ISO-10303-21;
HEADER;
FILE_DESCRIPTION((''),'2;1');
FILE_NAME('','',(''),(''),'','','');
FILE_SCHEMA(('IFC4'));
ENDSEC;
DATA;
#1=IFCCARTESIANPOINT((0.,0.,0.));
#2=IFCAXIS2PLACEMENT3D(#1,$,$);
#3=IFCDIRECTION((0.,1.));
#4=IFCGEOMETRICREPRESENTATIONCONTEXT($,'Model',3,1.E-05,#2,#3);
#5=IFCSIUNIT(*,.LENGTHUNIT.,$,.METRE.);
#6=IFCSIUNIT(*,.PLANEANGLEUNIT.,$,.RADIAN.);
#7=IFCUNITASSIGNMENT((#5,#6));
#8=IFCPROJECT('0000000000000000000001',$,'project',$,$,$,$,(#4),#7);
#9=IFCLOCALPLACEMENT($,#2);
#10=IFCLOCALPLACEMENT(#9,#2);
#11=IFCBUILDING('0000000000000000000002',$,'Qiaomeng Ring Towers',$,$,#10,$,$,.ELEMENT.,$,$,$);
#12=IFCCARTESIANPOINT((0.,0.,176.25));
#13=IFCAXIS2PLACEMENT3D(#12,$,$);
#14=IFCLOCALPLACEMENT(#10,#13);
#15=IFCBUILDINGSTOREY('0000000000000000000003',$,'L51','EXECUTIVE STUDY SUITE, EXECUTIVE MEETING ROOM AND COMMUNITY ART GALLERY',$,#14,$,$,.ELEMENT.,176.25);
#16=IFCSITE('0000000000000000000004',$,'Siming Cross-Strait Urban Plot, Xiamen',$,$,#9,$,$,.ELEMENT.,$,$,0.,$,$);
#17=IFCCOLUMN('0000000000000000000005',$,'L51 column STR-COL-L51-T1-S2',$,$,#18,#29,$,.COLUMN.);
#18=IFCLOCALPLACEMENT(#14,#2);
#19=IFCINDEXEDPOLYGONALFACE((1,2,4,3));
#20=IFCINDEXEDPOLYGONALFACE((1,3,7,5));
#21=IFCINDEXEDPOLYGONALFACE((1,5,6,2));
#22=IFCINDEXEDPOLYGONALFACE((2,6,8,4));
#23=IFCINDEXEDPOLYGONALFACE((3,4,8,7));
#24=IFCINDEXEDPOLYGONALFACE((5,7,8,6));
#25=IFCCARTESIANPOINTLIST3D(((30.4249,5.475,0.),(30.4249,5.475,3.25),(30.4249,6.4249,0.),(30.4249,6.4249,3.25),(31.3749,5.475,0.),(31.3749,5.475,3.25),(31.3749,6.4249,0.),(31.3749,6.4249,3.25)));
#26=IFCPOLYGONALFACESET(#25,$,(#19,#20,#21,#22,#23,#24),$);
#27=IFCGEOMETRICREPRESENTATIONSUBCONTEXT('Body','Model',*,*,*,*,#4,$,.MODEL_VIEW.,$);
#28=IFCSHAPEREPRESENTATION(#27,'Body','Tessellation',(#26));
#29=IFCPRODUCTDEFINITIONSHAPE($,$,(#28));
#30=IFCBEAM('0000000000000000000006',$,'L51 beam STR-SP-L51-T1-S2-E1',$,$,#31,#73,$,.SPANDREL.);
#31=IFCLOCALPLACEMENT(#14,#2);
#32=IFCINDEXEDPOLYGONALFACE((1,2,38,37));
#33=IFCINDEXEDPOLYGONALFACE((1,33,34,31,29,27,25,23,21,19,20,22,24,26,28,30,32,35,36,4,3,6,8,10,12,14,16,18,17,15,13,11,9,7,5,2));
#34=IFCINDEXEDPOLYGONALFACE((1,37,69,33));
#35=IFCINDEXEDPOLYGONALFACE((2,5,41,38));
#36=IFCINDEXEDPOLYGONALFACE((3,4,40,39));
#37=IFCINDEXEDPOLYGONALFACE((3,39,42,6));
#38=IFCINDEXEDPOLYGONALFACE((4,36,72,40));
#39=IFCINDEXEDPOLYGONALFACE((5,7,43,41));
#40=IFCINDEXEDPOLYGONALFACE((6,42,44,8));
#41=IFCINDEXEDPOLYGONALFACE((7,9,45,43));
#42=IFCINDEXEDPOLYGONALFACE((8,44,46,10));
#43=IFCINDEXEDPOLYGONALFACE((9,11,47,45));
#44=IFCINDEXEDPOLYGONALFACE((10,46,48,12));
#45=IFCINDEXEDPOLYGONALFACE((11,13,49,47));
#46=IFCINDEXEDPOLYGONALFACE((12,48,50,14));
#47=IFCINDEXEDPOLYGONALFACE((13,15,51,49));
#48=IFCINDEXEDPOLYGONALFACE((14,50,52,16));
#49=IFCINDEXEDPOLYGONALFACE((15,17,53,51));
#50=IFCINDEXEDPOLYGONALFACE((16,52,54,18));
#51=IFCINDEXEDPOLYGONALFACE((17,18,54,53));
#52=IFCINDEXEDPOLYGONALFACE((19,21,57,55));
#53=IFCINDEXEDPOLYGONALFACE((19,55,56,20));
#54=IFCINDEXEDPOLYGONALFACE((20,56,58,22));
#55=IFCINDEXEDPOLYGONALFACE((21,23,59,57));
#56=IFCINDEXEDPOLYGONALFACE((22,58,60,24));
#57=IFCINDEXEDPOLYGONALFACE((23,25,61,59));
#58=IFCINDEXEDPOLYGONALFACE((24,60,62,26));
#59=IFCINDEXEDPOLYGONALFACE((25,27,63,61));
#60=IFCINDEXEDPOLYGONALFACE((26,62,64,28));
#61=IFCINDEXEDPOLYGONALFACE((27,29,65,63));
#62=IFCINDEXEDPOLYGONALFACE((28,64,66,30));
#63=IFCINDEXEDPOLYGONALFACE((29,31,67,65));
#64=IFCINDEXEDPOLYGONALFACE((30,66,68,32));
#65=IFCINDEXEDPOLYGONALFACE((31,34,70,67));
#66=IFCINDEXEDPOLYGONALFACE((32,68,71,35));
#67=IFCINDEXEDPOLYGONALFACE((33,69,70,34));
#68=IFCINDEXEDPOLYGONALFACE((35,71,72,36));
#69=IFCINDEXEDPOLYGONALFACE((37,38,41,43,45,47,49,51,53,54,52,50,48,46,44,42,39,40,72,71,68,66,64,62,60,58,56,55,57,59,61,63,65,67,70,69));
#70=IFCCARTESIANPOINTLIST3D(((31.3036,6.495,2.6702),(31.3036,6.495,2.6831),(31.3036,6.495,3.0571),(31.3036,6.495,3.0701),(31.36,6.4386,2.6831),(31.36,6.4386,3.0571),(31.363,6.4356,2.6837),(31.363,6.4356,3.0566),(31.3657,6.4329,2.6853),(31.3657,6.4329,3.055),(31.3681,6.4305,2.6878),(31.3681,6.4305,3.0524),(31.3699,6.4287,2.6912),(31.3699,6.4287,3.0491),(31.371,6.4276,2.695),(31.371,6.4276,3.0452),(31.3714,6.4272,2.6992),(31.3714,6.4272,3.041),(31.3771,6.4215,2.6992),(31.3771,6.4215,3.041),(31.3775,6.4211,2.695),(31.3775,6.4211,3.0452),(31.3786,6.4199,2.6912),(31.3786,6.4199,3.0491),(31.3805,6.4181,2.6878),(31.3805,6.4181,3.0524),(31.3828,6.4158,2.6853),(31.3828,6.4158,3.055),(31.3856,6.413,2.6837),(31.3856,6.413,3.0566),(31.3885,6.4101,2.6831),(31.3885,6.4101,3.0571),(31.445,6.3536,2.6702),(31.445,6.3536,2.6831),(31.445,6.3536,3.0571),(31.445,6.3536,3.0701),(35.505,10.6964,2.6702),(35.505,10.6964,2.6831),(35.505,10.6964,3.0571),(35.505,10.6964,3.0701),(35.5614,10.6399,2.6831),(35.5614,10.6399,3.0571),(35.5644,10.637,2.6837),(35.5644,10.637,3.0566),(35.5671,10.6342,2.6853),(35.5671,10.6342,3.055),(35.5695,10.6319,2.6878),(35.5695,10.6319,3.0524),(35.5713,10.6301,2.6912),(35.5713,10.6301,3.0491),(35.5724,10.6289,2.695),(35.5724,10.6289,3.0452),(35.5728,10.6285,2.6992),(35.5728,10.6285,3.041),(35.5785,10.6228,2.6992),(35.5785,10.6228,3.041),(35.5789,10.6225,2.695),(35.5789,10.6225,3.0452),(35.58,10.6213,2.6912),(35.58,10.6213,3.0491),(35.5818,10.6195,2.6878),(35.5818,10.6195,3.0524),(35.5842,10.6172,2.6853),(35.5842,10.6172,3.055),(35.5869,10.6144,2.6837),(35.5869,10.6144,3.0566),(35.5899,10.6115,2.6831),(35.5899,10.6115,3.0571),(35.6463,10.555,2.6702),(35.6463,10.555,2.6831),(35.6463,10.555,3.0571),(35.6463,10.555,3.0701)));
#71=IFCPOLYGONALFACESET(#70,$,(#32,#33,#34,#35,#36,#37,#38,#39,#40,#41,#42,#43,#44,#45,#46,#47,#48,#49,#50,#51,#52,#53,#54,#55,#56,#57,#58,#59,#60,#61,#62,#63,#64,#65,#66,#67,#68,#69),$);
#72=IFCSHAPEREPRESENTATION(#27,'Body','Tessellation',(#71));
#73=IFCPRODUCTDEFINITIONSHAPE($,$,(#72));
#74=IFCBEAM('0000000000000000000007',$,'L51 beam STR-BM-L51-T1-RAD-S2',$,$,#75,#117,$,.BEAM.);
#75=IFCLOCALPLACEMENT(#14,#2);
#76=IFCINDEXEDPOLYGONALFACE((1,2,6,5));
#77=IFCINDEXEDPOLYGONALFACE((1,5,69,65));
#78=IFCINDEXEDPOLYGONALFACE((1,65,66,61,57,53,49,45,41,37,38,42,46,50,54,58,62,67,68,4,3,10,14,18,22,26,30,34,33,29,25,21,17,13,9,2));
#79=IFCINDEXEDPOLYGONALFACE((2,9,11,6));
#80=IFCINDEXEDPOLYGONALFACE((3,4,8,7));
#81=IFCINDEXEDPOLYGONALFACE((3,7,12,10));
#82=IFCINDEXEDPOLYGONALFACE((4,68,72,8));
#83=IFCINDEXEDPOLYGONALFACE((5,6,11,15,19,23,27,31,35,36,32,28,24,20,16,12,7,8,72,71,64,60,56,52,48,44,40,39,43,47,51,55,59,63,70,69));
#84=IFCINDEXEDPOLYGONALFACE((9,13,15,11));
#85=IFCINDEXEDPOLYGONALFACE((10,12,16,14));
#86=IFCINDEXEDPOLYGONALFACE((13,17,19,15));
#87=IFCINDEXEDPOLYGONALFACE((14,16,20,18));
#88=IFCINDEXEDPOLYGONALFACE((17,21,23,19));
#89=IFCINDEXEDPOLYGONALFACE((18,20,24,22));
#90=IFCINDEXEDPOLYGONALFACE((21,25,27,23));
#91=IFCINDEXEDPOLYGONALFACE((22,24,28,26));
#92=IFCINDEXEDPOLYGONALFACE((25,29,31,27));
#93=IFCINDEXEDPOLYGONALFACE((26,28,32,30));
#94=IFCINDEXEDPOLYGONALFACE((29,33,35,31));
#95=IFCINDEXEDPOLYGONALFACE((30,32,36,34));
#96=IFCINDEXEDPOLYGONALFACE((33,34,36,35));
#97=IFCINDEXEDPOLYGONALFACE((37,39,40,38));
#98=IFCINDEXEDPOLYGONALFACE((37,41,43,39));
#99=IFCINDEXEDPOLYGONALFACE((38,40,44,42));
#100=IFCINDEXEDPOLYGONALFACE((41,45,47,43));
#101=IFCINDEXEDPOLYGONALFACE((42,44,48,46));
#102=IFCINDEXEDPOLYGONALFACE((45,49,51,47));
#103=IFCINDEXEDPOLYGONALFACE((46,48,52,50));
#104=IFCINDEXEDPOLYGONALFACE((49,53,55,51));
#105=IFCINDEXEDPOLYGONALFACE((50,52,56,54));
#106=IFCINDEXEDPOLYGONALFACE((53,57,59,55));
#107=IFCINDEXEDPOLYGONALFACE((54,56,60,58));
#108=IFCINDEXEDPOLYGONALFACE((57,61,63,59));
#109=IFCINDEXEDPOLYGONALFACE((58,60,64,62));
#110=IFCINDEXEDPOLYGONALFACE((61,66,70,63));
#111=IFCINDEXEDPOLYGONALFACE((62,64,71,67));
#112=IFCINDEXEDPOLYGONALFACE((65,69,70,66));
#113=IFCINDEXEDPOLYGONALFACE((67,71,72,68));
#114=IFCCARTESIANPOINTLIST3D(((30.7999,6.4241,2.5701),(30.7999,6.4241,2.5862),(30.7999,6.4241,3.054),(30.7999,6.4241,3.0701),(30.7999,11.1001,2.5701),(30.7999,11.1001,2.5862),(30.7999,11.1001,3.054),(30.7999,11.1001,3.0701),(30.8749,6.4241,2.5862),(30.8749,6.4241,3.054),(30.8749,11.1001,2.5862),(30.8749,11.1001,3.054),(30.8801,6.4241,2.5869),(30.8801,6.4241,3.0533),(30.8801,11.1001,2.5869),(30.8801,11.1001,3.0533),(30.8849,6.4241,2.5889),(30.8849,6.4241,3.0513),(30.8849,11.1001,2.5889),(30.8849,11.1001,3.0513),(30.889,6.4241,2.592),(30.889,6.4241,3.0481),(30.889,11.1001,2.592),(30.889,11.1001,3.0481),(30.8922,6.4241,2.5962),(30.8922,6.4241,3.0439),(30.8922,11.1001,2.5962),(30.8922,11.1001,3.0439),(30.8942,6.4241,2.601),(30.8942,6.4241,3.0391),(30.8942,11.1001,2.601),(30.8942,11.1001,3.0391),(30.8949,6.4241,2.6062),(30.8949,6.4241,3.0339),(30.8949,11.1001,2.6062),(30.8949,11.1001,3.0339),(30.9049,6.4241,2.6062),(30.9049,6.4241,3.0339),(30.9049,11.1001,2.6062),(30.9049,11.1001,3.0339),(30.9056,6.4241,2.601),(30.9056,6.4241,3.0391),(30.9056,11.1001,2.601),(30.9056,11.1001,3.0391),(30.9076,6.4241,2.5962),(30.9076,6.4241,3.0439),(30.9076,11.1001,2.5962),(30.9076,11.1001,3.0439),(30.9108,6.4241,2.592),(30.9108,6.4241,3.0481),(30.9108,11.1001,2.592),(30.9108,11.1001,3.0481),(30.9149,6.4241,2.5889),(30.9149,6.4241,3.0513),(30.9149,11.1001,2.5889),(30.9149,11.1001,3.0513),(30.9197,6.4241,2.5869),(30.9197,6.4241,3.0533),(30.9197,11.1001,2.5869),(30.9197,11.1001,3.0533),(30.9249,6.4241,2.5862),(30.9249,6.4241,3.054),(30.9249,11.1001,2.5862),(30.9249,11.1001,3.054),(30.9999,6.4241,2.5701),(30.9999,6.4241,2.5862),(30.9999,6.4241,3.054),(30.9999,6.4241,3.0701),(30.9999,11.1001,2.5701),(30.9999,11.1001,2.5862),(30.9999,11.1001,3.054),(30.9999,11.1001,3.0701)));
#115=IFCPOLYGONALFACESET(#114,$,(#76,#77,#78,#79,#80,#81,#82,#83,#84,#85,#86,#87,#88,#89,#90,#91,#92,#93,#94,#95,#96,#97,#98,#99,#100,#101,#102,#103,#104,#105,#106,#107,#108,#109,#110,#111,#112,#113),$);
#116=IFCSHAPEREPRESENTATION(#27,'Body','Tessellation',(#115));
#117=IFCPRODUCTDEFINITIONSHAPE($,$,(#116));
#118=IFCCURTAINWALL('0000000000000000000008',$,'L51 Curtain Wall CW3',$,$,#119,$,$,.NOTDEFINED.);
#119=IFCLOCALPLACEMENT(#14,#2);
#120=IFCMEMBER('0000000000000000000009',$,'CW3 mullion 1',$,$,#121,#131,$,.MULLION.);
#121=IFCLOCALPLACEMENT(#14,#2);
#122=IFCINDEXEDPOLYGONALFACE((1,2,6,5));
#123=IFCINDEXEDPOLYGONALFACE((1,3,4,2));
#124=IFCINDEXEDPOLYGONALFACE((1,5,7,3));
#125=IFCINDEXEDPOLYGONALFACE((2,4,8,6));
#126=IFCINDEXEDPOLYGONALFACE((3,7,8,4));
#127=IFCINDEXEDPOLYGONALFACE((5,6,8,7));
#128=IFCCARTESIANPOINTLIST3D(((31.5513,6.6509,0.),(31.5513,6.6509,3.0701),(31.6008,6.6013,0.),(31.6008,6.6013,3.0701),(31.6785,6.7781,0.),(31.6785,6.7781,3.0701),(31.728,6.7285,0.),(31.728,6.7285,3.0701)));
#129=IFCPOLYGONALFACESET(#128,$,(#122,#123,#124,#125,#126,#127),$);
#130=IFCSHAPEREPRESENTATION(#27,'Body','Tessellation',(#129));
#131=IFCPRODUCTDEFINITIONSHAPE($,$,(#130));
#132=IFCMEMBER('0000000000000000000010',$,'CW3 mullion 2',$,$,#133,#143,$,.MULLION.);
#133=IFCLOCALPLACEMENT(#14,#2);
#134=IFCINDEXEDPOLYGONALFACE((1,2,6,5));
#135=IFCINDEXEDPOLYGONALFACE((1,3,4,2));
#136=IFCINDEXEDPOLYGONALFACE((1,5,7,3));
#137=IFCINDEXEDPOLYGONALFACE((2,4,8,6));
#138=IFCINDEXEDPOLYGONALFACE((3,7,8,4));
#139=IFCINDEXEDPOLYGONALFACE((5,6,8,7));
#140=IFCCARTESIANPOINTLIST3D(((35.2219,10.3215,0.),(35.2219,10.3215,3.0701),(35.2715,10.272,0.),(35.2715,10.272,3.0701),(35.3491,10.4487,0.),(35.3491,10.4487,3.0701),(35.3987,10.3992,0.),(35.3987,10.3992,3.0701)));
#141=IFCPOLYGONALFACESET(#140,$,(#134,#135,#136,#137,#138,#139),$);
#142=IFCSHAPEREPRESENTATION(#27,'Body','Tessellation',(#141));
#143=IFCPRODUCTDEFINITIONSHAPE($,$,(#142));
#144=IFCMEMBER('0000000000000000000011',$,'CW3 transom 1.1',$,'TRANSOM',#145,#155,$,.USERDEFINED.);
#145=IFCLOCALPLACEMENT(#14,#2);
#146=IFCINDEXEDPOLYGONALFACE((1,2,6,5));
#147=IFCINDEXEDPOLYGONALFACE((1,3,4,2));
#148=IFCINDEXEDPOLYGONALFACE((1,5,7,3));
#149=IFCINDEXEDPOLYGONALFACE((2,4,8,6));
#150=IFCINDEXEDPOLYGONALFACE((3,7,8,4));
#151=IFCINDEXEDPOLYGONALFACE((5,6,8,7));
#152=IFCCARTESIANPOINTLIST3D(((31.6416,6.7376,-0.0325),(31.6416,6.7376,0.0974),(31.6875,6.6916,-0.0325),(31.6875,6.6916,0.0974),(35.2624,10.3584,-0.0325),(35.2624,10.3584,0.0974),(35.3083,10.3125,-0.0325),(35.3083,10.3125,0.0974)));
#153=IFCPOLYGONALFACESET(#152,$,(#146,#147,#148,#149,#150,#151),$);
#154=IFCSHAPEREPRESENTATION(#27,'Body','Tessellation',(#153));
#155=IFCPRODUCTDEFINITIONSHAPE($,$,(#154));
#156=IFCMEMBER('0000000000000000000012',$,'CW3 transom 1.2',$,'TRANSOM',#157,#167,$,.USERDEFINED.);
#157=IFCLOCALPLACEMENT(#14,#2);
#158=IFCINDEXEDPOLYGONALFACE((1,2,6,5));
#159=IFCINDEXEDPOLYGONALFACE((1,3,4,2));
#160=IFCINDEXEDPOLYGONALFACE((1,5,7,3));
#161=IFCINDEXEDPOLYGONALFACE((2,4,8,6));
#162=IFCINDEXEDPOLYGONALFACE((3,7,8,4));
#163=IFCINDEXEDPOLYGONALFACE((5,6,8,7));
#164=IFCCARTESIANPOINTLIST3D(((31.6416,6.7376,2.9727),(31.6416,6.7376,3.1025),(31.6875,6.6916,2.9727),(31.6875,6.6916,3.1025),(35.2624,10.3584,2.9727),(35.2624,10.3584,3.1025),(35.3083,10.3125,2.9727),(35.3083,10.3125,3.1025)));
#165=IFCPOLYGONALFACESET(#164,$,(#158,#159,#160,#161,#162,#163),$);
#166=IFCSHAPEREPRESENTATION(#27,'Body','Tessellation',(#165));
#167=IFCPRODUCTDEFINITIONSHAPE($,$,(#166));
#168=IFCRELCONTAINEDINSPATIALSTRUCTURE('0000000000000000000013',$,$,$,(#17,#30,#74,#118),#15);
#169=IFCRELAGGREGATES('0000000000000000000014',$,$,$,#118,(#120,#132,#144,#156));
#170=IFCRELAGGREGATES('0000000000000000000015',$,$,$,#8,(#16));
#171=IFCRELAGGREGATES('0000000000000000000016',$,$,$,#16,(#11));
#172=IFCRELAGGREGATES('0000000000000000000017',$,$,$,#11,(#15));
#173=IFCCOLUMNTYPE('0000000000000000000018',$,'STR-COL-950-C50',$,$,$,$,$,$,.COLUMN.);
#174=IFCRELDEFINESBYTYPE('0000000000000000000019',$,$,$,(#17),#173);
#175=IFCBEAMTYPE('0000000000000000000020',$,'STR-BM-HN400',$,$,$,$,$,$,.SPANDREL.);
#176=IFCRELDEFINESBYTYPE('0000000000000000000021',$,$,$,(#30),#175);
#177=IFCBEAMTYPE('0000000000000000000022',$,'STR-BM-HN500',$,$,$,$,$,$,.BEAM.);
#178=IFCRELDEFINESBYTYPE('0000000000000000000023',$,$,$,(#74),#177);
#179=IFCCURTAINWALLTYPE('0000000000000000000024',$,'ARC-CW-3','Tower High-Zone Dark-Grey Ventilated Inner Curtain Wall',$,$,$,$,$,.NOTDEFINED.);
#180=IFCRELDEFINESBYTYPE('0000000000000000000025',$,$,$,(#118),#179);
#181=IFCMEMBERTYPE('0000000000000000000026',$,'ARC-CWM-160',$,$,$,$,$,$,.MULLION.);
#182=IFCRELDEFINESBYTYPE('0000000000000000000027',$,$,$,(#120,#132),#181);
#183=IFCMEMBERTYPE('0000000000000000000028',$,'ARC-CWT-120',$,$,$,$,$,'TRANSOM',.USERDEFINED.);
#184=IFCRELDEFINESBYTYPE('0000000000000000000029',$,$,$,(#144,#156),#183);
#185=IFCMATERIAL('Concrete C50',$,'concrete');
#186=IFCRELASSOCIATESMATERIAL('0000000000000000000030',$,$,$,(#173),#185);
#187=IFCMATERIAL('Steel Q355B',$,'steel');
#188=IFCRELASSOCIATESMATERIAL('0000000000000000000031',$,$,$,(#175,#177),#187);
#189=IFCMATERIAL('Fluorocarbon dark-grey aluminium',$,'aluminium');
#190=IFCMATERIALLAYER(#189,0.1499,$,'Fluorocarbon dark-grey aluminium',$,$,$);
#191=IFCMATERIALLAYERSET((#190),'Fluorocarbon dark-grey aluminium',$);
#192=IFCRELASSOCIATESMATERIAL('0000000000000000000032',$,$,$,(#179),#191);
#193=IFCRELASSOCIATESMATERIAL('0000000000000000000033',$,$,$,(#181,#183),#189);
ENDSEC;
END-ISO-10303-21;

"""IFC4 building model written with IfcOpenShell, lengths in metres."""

from ifc_helpers import new_model, si_unit, direction, frame, origin, origin_2d, place, context, subcontext, project, spatial, rectangle, i_section, extrude, source, transform, mapped, material, layer, layer_set, material_profile, profile_set, type_object, element, aggregate, save


model = new_model("IFC4")

# Units and contexts
model_context = context("Model", 3, precision=1e-05, world=origin(), true_north=direction((0.0, 1.0)))
body_context = subcontext(model_context, "Body", "Model", "MODEL_VIEW")
ifc_project = project(units=[si_unit("LENGTHUNIT", "METRE"), si_unit("PLANEANGLEUNIT", "RADIAN")], contexts=[model_context])

# Site, building, storey
site_placement = place(None, origin())
site = spatial("IfcSite", under=ifc_project, at=site_placement, Name="Siming Cross-Strait Urban Plot, Xiamen", CompositionType="ELEMENT", RefElevation=0.0)
building_placement = place(site_placement, origin())
building = spatial("IfcBuilding", under=site, at=building_placement, Name="Qiaomeng Ring Towers", CompositionType="ELEMENT")
storey_placement = place(building_placement, frame((0.0, 0.0, 176.25)))
storey = spatial("IfcBuildingStorey", under=building, at=storey_placement, Name="L51", Description="EXECUTIVE STUDY SUITE, EXECUTIVE MEETING ROOM AND COMMUNITY ART GALLERY", CompositionType="ELEMENT", Elevation=176.25)

# Column
ifc_material_1 = material(Name="Concrete C50", Category="concrete")
ifc_material_profile_1 = material_profile(ifc_material_1, rectangle(XDim=0.95, YDim=0.95, at=origin_2d()), Name="RC COL 950x950")
ifc_profile_set_1 = profile_set([ifc_material_profile_1], Name="Concrete C50")
column_type = type_object("IfcColumnType", Name="STR-COL-950-C50", PredefinedType="COLUMN", material=ifc_profile_set_1)
shared_shape_1 = source(origin(), body_context, "Body", "SweptSolid", [
    extrude(rectangle(XDim=0.95, YDim=0.95, at=origin_2d()), origin(), (0.0, 0.0, 1.0), 3.25),
])
column_placement = place(storey_placement, frame((30.8999, 5.95, 0.0), z_axis=(0.0, 0.0, 1.0), x_axis=(1.0, 0.0, 0.0)))
element("IfcColumn", 1, at=column_placement, inside=storey, type_object=column_type, Name="L51 column STR-COL-L51-T1-S2", PredefinedType="COLUMN", context=body_context, shape_type="MappedRepresentation", body=[
    mapped(shared_shape_1, transform((0.0, 0.0, 0.0), x_axis=(1.0, 0.0, 0.0), y_axis=(0.0, 1.0, 0.0), z_axis=(0.0, 0.0, 1.0), scale=1.0)),
])

# Beams
ifc_material_2 = material(Name="Steel Q355B", Category="steel")
ifc_material_profile_2 = material_profile(ifc_material_2, i_section(OverallWidth=0.2, OverallDepth=0.3999, WebThickness=0.0081, FlangeThickness=0.0129, FilletRadius=0.0161, at=origin_2d()), Name="HN 400x200x8x13")
ifc_profile_set_2 = profile_set([ifc_material_profile_2], Name="Steel Q355B")
beam_type_1 = type_object("IfcBeamType", Name="STR-BM-HN400", PredefinedType="SPANDREL", material=ifc_profile_set_2)
shared_shape_2 = source(origin(), body_context, "Body", "SweptSolid", [
    extrude(i_section(OverallWidth=0.2, OverallDepth=0.3999, WebThickness=0.0081, FlangeThickness=0.0129, FilletRadius=0.0161, at=origin_2d()), origin(), (0.0, 0.0, 1.0), 5.9417),
])
beam_1_placement = place(storey_placement, frame((31.3743, 6.4243, 2.8701), z_axis=(0.707107, 0.707107, 0.0), x_axis=(-0.707107, 0.707107, 0.0)))
element("IfcBeam", 2, at=beam_1_placement, inside=storey, type_object=beam_type_1, Name="L51 beam STR-SP-L51-T1-S2-E1", PredefinedType="SPANDREL", context=body_context, shape_type="MappedRepresentation", body=[
    mapped(shared_shape_2, transform((0.0, 0.0, 0.0), x_axis=(1.0, 0.0, 0.0), y_axis=(0.0, 1.0, 0.0), z_axis=(0.0, 0.0, 1.0), scale=1.0)),
])
ifc_material_profile_3 = material_profile(ifc_material_2, i_section(OverallWidth=0.2, OverallDepth=0.5, WebThickness=0.01, FlangeThickness=0.0161, FilletRadius=0.02, at=origin_2d()), Name="HN 500x200x10x16")
ifc_profile_set_3 = profile_set([ifc_material_profile_3], Name="Steel Q355B")
beam_type_2 = type_object("IfcBeamType", Name="STR-BM-HN500", PredefinedType="BEAM", material=ifc_profile_set_3)
shared_shape_3 = source(origin(), body_context, "Body", "SweptSolid", [
    extrude(i_section(OverallWidth=0.2, OverallDepth=0.5, WebThickness=0.01, FlangeThickness=0.0161, FilletRadius=0.02, at=origin_2d()), origin(), (0.0, 0.0, 1.0), 4.676),
])
beam_2_placement = place(storey_placement, frame((30.8999, 6.4241, 2.8201), z_axis=(0.0, 1.0, 0.0), x_axis=(-1.0, 0.0, 0.0)))
element("IfcBeam", 3, at=beam_2_placement, inside=storey, type_object=beam_type_2, Name="L51 beam STR-BM-L51-T1-RAD-S2", PredefinedType="BEAM", context=body_context, shape_type="MappedRepresentation", body=[
    mapped(shared_shape_3, transform((0.0, 0.0, 0.0), x_axis=(1.0, 0.0, 0.0), y_axis=(0.0, 1.0, 0.0), z_axis=(0.0, 0.0, 1.0), scale=1.0)),
])

# Curtain wall, members
ifc_material_3 = material(Name="Fluorocarbon dark-grey aluminium", Category="aluminium")
ifc_layer_1 = layer(ifc_material_3, 0.1499, Name="Fluorocarbon dark-grey aluminium")
ifc_layer_set_1 = layer_set([ifc_layer_1], Name="Fluorocarbon dark-grey aluminium")
curtain_wall_type = type_object("IfcCurtainWallType", Name="ARC-CW-3", Description="Tower High-Zone Dark-Grey Ventilated Inner Curtain Wall", PredefinedType="NOTDEFINED", material=ifc_layer_set_1)
curtain_wall_placement = place(storey_placement, origin())
curtain_wall = element("IfcCurtainWall", 4, at=curtain_wall_placement, inside=storey, type_object=curtain_wall_type, Name="L51 Curtain Wall CW3", PredefinedType="NOTDEFINED")
ifc_material_profile_4 = material_profile(ifc_material_3, rectangle(XDim=0.0701, YDim=0.1799, at=origin_2d()), Name="ALU MULL 70x180")
ifc_profile_set_4 = profile_set([ifc_material_profile_4], Name="Fluorocarbon dark-grey aluminium")
member_type_1 = type_object("IfcMemberType", Name="ARC-CWM-160", PredefinedType="MULLION", material=ifc_profile_set_4)
shared_shape_4 = source(origin(), body_context, "Body", "SweptSolid", [
    extrude(rectangle(XDim=0.0701, YDim=0.1799, at=origin_2d()), origin(), (0.0, 0.0, 1.0), 3.0701),
])
member_1_placement = place(storey_placement, frame((31.6396, 6.6897, 0.0), z_axis=(0.0, 0.0, 1.0), x_axis=(-0.707107, 0.707107, 0.0)))
member_1 = element("IfcMember", 5, at=member_1_placement, type_object=member_type_1, Name="CW3 mullion 1", PredefinedType="MULLION", context=body_context, shape_type="MappedRepresentation", body=[
    mapped(shared_shape_4, transform((0.0, 0.0, 0.0), x_axis=(1.0, 0.0, 0.0), y_axis=(0.0, 1.0, 0.0), z_axis=(0.0, 0.0, 1.0), scale=1.0)),
])
member_2_placement = place(storey_placement, frame((35.3103, 10.3604, 0.0), z_axis=(0.0, 0.0, 1.0), x_axis=(-0.707107, 0.707107, 0.0)))
member_2 = element("IfcMember", 6, at=member_2_placement, type_object=member_type_1, Name="CW3 mullion 2", PredefinedType="MULLION", context=body_context, shape_type="MappedRepresentation", body=[
    mapped(shared_shape_4, transform((0.0, 0.0, 0.0), x_axis=(1.0, 0.0, 0.0), y_axis=(0.0, 1.0, 0.0), z_axis=(0.0, 0.0, 1.0), scale=1.0)),
])
ifc_material_profile_5 = material_profile(ifc_material_3, rectangle(XDim=0.0649, YDim=0.1299, at=origin_2d()), Name="ALU TRAN 65x130")
ifc_profile_set_5 = profile_set([ifc_material_profile_5], Name="Fluorocarbon dark-grey aluminium")
member_type_2 = type_object("IfcMemberType", Name="ARC-CWT-120", ElementType="TRANSOM", PredefinedType="USERDEFINED", material=ifc_profile_set_5)
shared_shape_5 = source(origin(), body_context, "Body", "SweptSolid", [
    extrude(rectangle(XDim=0.0649, YDim=0.1299, at=origin_2d()), origin(), (0.0, 0.0, 1.0), 5.1206),
])
member_3_placement = place(storey_placement, frame((31.6646, 6.7146, 0.0325), z_axis=(0.707107, 0.707107, 0.0), x_axis=(-0.707107, 0.707107, 0.0)))
member_3 = element("IfcMember", 7, at=member_3_placement, type_object=member_type_2, Name="CW3 transom 1.1", ObjectType="TRANSOM", PredefinedType="USERDEFINED", context=body_context, shape_type="MappedRepresentation", body=[
    mapped(shared_shape_5, transform((0.0, 0.0, 0.0), x_axis=(1.0, 0.0, 0.0), y_axis=(0.0, 1.0, 0.0), z_axis=(0.0, 0.0, 1.0), scale=1.0)),
])
member_4_placement = place(storey_placement, frame((31.6646, 6.7146, 3.0376), z_axis=(0.707107, 0.707107, 0.0), x_axis=(-0.707107, 0.707107, 0.0)))
member_4 = element("IfcMember", 8, at=member_4_placement, type_object=member_type_2, Name="CW3 transom 1.2", ObjectType="TRANSOM", PredefinedType="USERDEFINED", context=body_context, shape_type="MappedRepresentation", body=[
    mapped(shared_shape_5, transform((0.0, 0.0, 0.0), x_axis=(1.0, 0.0, 0.0), y_axis=(0.0, 1.0, 0.0), z_axis=(0.0, 0.0, 1.0), scale=1.0)),
])
aggregate(curtain_wall, [member_1, member_2, member_3, member_4])

save(model, "model.ifc")
